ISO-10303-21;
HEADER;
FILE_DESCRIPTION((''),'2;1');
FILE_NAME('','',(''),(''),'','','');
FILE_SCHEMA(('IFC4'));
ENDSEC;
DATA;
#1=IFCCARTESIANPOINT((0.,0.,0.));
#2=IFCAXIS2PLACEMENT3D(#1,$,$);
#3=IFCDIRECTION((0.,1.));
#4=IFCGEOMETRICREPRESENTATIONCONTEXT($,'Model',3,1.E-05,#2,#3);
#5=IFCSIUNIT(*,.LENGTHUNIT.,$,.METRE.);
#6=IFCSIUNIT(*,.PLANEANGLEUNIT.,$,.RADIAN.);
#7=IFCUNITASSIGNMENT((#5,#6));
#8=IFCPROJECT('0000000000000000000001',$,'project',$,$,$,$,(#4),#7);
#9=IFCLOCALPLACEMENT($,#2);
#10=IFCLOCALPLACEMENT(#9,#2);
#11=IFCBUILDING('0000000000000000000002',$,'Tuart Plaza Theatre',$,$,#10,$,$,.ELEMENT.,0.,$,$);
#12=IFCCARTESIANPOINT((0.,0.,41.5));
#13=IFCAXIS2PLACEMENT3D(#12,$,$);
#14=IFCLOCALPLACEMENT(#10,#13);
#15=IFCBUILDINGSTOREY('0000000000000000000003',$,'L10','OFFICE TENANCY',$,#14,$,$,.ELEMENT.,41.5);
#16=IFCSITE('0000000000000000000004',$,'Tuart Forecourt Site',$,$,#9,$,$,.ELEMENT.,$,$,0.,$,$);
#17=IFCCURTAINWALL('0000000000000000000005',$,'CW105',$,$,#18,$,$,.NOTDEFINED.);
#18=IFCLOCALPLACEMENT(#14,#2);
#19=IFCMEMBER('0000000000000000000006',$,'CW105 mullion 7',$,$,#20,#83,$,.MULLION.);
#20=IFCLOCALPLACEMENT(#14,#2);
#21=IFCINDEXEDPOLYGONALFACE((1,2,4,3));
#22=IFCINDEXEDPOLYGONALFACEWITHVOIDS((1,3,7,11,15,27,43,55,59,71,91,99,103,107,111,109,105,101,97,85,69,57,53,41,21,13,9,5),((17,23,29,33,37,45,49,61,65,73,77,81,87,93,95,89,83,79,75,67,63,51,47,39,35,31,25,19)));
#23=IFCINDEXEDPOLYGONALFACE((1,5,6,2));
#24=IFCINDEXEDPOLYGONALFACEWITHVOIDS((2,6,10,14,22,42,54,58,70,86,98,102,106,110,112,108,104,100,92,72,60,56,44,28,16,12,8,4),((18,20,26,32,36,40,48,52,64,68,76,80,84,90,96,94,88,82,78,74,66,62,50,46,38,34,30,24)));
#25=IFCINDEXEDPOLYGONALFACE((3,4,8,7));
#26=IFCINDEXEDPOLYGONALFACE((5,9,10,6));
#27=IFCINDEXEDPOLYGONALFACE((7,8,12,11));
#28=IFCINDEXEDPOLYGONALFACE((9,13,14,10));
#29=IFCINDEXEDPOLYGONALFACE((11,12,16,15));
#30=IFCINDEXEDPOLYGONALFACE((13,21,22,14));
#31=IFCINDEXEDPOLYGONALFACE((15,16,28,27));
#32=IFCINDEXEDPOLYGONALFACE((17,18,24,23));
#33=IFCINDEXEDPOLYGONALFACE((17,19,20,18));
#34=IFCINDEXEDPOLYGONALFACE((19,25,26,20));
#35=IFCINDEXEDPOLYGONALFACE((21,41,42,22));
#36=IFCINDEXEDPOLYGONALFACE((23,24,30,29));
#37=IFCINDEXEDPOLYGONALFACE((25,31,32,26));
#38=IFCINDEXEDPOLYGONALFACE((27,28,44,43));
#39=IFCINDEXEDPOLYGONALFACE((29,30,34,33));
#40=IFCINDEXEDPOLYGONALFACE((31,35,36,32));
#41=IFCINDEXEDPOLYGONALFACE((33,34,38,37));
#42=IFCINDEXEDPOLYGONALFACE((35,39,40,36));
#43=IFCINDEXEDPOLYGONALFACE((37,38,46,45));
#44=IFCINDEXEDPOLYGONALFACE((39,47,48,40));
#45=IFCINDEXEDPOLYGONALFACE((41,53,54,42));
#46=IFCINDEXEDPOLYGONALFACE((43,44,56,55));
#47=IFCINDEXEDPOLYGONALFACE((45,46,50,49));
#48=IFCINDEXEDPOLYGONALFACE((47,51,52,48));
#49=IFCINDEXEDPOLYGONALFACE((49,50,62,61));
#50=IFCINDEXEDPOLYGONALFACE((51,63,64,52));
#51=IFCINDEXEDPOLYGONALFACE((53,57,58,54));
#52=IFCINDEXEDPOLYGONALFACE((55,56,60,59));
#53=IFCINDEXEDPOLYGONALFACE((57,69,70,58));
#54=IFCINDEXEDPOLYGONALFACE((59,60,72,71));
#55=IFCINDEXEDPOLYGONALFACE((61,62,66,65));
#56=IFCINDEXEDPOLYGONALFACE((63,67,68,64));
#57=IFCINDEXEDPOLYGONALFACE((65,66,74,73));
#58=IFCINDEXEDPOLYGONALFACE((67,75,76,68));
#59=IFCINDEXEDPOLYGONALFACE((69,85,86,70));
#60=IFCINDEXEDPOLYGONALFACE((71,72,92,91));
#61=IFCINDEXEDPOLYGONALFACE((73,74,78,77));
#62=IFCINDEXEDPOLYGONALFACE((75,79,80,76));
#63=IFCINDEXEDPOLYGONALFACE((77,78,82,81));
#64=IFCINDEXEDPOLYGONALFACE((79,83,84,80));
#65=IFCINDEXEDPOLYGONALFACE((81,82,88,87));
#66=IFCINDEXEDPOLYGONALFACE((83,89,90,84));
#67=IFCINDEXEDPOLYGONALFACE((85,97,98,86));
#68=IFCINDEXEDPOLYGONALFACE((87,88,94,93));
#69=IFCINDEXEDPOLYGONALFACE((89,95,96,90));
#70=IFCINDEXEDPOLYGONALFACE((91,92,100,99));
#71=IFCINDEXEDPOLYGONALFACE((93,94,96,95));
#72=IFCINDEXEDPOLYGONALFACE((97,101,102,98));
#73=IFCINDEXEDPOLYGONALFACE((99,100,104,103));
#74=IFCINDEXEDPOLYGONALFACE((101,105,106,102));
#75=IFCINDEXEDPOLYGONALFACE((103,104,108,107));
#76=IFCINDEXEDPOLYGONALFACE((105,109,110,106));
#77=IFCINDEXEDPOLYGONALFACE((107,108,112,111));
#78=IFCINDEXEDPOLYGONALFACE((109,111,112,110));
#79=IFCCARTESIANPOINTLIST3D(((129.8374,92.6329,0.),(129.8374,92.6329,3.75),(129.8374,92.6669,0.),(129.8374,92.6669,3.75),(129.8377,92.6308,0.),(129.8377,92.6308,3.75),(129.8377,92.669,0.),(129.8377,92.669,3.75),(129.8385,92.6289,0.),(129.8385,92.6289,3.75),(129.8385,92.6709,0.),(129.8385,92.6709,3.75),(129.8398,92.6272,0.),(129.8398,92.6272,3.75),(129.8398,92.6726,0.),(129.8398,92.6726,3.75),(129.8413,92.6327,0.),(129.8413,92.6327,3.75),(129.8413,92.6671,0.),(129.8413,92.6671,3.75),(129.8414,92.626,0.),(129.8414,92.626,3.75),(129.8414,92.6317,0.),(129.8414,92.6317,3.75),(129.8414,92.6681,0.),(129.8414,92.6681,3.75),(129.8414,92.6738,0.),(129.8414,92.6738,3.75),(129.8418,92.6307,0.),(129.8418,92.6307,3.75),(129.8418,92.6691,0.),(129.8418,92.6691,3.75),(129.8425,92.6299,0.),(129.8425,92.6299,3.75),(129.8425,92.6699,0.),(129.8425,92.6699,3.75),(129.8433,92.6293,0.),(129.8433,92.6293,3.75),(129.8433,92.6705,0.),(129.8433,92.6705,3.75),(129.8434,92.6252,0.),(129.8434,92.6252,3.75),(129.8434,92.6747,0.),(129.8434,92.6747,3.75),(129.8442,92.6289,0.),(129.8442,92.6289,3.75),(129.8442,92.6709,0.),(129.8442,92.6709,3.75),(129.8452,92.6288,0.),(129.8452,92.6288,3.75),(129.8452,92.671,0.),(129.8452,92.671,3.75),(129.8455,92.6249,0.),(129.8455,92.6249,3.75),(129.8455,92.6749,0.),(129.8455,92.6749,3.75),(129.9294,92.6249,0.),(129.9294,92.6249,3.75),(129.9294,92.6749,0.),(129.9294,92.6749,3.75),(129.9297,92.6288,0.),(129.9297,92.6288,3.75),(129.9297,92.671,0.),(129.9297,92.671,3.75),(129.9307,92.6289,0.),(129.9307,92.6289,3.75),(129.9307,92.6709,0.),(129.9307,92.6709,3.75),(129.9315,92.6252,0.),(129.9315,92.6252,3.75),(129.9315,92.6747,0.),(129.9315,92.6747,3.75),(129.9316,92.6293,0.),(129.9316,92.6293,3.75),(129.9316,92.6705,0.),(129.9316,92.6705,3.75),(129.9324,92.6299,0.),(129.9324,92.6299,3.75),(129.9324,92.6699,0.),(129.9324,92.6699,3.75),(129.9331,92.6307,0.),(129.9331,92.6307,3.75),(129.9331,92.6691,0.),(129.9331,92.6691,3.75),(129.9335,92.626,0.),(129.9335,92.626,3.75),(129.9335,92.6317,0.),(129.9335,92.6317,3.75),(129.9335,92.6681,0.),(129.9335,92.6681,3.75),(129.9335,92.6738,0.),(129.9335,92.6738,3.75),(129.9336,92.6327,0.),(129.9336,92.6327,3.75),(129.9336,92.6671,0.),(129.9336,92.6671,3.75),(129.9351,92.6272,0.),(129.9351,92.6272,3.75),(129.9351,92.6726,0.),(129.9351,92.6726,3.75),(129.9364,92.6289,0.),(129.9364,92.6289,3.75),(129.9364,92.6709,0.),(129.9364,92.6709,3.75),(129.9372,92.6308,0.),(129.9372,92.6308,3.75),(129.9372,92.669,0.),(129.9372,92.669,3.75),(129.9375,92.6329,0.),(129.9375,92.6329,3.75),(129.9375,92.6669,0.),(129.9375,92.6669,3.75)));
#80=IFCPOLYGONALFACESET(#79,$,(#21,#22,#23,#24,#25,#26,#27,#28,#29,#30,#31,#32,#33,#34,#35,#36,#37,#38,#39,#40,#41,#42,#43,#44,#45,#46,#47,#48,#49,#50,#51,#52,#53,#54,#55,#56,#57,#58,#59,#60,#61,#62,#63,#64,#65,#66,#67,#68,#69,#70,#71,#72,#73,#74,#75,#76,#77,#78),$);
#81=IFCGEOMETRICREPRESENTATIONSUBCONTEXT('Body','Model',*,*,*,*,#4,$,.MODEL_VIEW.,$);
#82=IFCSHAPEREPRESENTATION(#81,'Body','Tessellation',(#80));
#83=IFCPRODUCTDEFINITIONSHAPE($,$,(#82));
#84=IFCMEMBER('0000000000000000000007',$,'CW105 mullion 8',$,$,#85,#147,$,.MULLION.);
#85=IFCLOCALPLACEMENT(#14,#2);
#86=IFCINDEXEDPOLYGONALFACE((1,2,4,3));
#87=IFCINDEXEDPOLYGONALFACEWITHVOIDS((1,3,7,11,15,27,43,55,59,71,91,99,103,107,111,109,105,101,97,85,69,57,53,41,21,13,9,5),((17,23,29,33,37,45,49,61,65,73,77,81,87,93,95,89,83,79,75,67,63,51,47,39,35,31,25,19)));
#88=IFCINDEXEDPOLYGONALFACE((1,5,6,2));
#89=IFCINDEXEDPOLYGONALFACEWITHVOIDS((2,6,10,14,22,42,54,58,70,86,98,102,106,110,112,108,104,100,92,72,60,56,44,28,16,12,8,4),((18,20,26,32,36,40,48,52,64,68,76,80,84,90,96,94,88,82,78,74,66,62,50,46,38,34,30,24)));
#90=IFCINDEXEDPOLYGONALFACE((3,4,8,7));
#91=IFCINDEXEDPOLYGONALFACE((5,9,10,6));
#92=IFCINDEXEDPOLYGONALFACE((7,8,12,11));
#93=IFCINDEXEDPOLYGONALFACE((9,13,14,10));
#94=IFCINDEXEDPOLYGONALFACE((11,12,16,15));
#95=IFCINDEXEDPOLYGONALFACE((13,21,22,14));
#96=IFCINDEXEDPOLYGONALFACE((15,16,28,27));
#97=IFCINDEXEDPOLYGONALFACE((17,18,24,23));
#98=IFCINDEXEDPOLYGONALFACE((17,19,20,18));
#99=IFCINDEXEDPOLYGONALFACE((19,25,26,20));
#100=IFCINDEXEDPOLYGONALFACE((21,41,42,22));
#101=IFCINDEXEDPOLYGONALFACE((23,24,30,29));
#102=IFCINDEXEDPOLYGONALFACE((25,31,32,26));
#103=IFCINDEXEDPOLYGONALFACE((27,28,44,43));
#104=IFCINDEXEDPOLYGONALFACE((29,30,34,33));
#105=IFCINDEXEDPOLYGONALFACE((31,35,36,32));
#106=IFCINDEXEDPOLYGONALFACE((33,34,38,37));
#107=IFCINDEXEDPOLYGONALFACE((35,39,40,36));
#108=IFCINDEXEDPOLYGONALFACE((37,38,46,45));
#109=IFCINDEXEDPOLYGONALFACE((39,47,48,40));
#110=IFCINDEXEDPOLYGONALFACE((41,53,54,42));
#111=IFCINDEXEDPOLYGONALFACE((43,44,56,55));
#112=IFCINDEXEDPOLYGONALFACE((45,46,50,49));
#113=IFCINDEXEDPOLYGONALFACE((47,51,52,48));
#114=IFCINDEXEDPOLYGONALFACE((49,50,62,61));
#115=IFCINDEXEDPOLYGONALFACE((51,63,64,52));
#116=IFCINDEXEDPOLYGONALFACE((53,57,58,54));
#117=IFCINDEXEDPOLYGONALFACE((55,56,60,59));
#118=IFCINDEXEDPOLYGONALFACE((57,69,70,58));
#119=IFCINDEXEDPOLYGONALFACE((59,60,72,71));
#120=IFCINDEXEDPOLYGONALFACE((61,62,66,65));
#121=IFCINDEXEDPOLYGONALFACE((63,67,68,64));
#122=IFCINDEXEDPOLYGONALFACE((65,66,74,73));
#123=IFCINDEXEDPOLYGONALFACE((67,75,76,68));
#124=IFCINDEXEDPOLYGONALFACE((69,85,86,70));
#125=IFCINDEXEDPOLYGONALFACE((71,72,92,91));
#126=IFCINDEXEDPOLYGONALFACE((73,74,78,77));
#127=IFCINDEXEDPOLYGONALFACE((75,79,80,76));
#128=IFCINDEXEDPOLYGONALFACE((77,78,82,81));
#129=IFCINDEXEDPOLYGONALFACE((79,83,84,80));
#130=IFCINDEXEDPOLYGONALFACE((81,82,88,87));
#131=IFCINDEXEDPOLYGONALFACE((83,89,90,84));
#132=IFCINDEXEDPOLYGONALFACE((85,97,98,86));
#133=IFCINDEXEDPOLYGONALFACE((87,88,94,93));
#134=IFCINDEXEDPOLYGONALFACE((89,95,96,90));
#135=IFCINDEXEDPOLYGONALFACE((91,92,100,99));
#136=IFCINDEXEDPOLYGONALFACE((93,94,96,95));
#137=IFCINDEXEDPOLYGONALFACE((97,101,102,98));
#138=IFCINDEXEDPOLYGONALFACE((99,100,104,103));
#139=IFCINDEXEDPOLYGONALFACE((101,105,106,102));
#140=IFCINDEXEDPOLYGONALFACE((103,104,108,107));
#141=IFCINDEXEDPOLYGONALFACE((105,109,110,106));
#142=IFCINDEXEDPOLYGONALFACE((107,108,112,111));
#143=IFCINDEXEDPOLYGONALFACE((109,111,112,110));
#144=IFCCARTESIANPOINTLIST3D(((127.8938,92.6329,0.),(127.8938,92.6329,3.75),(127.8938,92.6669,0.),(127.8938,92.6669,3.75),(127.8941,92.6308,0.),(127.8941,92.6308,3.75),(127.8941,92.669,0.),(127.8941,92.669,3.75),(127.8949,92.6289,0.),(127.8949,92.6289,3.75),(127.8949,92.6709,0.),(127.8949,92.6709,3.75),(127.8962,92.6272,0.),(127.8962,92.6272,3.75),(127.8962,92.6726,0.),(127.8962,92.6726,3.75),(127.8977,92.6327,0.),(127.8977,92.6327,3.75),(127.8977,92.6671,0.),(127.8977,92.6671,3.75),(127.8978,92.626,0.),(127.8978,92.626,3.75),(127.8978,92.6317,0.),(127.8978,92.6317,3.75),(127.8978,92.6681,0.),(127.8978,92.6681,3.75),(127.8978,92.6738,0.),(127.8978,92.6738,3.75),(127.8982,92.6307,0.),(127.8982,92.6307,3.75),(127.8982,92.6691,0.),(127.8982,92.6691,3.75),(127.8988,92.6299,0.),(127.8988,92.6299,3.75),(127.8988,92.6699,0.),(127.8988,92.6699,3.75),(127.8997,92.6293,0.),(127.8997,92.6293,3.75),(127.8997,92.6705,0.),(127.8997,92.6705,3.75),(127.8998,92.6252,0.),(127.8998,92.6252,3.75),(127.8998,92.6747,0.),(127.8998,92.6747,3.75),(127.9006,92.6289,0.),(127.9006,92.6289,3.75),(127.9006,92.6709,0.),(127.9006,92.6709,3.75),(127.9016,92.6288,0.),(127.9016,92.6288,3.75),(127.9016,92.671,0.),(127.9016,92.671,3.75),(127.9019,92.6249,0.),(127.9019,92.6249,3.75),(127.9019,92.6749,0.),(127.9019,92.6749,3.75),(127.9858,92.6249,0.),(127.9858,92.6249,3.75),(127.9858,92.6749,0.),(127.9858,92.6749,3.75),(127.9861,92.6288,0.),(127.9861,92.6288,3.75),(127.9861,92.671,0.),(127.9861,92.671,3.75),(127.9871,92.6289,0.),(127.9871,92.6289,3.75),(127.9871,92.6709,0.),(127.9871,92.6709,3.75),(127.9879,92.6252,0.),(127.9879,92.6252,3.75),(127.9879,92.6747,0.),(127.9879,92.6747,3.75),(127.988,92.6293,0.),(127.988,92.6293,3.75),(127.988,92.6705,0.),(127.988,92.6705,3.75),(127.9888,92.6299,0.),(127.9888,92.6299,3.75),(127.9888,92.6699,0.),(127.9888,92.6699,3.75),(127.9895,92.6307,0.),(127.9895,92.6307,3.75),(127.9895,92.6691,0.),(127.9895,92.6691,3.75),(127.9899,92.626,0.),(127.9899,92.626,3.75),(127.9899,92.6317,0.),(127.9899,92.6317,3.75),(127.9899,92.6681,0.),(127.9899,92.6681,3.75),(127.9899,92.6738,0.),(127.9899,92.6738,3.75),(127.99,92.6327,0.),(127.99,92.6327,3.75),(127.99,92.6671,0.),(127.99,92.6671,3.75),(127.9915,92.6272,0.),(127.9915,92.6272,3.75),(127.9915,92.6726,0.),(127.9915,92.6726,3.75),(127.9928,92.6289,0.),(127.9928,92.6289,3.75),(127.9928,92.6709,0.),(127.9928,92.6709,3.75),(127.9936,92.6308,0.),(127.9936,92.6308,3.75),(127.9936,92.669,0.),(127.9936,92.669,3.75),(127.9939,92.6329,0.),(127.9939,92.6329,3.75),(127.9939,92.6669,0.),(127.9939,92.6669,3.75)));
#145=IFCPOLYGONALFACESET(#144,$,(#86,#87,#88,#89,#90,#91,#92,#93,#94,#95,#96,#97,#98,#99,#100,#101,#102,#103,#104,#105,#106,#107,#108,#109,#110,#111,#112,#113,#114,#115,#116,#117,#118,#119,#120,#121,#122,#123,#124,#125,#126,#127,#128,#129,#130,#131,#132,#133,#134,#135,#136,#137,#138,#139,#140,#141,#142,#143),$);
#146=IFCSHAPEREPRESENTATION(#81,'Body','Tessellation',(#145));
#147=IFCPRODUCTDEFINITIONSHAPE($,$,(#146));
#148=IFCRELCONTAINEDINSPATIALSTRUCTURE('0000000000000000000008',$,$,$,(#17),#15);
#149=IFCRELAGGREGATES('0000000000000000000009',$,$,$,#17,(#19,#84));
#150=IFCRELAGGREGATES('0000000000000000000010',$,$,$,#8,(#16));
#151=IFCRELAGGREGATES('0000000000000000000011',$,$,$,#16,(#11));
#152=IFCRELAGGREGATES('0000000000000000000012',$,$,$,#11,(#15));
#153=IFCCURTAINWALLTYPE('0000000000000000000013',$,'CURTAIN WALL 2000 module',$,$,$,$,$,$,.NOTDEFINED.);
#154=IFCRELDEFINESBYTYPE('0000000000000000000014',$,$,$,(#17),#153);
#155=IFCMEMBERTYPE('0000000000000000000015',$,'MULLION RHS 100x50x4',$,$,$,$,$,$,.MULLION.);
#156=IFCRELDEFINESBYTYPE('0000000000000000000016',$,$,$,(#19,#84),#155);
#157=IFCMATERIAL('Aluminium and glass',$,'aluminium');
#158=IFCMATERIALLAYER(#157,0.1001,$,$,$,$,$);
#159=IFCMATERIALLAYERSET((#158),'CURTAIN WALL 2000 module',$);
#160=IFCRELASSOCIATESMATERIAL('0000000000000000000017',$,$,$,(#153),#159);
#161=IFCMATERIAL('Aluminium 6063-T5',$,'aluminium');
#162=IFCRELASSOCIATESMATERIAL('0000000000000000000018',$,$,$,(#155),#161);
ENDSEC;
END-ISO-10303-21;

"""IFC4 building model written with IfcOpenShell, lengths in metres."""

from ifc_helpers import new_model, si_unit, direction, frame, origin, origin_2d, place, context, subcontext, project, spatial, hollow_rectangle, extrude, material, layer, layer_set, material_profile, profile_set, type_object, element, aggregate, save


model = new_model("IFC4")

# Units and contexts
model_context = context("Model", 3, precision=1e-05, world=origin(), true_north=direction((0.0, 1.0)))
body_context = subcontext(model_context, "Body", "Model", "MODEL_VIEW")
ifc_project = project(units=[si_unit("LENGTHUNIT", "METRE"), si_unit("PLANEANGLEUNIT", "RADIAN")], contexts=[model_context])

# Site, building, storey
site_placement = place(None, origin())
site = spatial("IfcSite", under=ifc_project, at=site_placement, Name="Tuart Forecourt Site", CompositionType="ELEMENT", RefElevation=0.0)
building_placement = place(site_placement, origin())
building = spatial("IfcBuilding", under=site, at=building_placement, Name="Tuart Plaza Theatre", CompositionType="ELEMENT", ElevationOfRefHeight=0.0)
storey_placement = place(building_placement, frame((0.0, 0.0, 41.5)))
storey = spatial("IfcBuildingStorey", under=building, at=storey_placement, Name="L10", Description="OFFICE TENANCY", CompositionType="ELEMENT", Elevation=41.5)

# Curtain wall, members
ifc_material_1 = material(Name="Aluminium and glass", Category="aluminium")
ifc_layer_1 = layer(ifc_material_1, 0.1001)
ifc_layer_set_1 = layer_set([ifc_layer_1], Name="CURTAIN WALL 2000 module")
curtain_wall_type = type_object("IfcCurtainWallType", Name="CURTAIN WALL 2000 module", PredefinedType="NOTDEFINED", material=ifc_layer_set_1)
curtain_wall_placement = place(storey_placement, origin())
curtain_wall = element("IfcCurtainWall", 1, at=curtain_wall_placement, inside=storey, type_object=curtain_wall_type, Name="CW105", PredefinedType="NOTDEFINED")
ifc_material_2 = material(Name="Aluminium 6063-T5", Category="aluminium")
ifc_material_profile_1 = material_profile(ifc_material_2, hollow_rectangle(XDim=0.05, YDim=0.1001, WallThickness=0.0039, InnerFilletRadius=0.0039, OuterFilletRadius=0.0081, at=origin_2d()), Name="RHS 100x50x4")
ifc_profile_set_1 = profile_set([ifc_material_profile_1], Name="Aluminium 6063-T5")
member_type_1 = type_object("IfcMemberType", Name="MULLION RHS 100x50x4", PredefinedType="MULLION", material=ifc_profile_set_1)
member_1_placement = place(storey_placement, frame((129.8875, 92.6499, 0.0), z_axis=(0.0, 0.0, 1.0), x_axis=(0.0, -1.0, 0.0)))
member_1 = element("IfcMember", 2, at=member_1_placement, type_object=member_type_1, Name="CW105 mullion 7", PredefinedType="MULLION", context=body_context, shape_type="SweptSolid", body=[
    extrude(hollow_rectangle(XDim=0.05, YDim=0.1001, WallThickness=0.0039, InnerFilletRadius=0.0039, OuterFilletRadius=0.0081, at=origin_2d()), origin(), (0.0, 0.0, 1.0), 3.75),
])
member_2_placement = place(storey_placement, frame((127.9438, 92.6499, 0.0), z_axis=(0.0, 0.0, 1.0), x_axis=(0.0, -1.0, 0.0)))
member_2 = element("IfcMember", 3, at=member_2_placement, type_object=member_type_1, Name="CW105 mullion 8", PredefinedType="MULLION", context=body_context, shape_type="SweptSolid", body=[
    extrude(hollow_rectangle(XDim=0.05, YDim=0.1001, WallThickness=0.0039, InnerFilletRadius=0.0039, OuterFilletRadius=0.0081, at=origin_2d()), origin(), (0.0, 0.0, 1.0), 3.75),
])
aggregate(curtain_wall, [member_1, member_2])

save(model, "model.ifc")
